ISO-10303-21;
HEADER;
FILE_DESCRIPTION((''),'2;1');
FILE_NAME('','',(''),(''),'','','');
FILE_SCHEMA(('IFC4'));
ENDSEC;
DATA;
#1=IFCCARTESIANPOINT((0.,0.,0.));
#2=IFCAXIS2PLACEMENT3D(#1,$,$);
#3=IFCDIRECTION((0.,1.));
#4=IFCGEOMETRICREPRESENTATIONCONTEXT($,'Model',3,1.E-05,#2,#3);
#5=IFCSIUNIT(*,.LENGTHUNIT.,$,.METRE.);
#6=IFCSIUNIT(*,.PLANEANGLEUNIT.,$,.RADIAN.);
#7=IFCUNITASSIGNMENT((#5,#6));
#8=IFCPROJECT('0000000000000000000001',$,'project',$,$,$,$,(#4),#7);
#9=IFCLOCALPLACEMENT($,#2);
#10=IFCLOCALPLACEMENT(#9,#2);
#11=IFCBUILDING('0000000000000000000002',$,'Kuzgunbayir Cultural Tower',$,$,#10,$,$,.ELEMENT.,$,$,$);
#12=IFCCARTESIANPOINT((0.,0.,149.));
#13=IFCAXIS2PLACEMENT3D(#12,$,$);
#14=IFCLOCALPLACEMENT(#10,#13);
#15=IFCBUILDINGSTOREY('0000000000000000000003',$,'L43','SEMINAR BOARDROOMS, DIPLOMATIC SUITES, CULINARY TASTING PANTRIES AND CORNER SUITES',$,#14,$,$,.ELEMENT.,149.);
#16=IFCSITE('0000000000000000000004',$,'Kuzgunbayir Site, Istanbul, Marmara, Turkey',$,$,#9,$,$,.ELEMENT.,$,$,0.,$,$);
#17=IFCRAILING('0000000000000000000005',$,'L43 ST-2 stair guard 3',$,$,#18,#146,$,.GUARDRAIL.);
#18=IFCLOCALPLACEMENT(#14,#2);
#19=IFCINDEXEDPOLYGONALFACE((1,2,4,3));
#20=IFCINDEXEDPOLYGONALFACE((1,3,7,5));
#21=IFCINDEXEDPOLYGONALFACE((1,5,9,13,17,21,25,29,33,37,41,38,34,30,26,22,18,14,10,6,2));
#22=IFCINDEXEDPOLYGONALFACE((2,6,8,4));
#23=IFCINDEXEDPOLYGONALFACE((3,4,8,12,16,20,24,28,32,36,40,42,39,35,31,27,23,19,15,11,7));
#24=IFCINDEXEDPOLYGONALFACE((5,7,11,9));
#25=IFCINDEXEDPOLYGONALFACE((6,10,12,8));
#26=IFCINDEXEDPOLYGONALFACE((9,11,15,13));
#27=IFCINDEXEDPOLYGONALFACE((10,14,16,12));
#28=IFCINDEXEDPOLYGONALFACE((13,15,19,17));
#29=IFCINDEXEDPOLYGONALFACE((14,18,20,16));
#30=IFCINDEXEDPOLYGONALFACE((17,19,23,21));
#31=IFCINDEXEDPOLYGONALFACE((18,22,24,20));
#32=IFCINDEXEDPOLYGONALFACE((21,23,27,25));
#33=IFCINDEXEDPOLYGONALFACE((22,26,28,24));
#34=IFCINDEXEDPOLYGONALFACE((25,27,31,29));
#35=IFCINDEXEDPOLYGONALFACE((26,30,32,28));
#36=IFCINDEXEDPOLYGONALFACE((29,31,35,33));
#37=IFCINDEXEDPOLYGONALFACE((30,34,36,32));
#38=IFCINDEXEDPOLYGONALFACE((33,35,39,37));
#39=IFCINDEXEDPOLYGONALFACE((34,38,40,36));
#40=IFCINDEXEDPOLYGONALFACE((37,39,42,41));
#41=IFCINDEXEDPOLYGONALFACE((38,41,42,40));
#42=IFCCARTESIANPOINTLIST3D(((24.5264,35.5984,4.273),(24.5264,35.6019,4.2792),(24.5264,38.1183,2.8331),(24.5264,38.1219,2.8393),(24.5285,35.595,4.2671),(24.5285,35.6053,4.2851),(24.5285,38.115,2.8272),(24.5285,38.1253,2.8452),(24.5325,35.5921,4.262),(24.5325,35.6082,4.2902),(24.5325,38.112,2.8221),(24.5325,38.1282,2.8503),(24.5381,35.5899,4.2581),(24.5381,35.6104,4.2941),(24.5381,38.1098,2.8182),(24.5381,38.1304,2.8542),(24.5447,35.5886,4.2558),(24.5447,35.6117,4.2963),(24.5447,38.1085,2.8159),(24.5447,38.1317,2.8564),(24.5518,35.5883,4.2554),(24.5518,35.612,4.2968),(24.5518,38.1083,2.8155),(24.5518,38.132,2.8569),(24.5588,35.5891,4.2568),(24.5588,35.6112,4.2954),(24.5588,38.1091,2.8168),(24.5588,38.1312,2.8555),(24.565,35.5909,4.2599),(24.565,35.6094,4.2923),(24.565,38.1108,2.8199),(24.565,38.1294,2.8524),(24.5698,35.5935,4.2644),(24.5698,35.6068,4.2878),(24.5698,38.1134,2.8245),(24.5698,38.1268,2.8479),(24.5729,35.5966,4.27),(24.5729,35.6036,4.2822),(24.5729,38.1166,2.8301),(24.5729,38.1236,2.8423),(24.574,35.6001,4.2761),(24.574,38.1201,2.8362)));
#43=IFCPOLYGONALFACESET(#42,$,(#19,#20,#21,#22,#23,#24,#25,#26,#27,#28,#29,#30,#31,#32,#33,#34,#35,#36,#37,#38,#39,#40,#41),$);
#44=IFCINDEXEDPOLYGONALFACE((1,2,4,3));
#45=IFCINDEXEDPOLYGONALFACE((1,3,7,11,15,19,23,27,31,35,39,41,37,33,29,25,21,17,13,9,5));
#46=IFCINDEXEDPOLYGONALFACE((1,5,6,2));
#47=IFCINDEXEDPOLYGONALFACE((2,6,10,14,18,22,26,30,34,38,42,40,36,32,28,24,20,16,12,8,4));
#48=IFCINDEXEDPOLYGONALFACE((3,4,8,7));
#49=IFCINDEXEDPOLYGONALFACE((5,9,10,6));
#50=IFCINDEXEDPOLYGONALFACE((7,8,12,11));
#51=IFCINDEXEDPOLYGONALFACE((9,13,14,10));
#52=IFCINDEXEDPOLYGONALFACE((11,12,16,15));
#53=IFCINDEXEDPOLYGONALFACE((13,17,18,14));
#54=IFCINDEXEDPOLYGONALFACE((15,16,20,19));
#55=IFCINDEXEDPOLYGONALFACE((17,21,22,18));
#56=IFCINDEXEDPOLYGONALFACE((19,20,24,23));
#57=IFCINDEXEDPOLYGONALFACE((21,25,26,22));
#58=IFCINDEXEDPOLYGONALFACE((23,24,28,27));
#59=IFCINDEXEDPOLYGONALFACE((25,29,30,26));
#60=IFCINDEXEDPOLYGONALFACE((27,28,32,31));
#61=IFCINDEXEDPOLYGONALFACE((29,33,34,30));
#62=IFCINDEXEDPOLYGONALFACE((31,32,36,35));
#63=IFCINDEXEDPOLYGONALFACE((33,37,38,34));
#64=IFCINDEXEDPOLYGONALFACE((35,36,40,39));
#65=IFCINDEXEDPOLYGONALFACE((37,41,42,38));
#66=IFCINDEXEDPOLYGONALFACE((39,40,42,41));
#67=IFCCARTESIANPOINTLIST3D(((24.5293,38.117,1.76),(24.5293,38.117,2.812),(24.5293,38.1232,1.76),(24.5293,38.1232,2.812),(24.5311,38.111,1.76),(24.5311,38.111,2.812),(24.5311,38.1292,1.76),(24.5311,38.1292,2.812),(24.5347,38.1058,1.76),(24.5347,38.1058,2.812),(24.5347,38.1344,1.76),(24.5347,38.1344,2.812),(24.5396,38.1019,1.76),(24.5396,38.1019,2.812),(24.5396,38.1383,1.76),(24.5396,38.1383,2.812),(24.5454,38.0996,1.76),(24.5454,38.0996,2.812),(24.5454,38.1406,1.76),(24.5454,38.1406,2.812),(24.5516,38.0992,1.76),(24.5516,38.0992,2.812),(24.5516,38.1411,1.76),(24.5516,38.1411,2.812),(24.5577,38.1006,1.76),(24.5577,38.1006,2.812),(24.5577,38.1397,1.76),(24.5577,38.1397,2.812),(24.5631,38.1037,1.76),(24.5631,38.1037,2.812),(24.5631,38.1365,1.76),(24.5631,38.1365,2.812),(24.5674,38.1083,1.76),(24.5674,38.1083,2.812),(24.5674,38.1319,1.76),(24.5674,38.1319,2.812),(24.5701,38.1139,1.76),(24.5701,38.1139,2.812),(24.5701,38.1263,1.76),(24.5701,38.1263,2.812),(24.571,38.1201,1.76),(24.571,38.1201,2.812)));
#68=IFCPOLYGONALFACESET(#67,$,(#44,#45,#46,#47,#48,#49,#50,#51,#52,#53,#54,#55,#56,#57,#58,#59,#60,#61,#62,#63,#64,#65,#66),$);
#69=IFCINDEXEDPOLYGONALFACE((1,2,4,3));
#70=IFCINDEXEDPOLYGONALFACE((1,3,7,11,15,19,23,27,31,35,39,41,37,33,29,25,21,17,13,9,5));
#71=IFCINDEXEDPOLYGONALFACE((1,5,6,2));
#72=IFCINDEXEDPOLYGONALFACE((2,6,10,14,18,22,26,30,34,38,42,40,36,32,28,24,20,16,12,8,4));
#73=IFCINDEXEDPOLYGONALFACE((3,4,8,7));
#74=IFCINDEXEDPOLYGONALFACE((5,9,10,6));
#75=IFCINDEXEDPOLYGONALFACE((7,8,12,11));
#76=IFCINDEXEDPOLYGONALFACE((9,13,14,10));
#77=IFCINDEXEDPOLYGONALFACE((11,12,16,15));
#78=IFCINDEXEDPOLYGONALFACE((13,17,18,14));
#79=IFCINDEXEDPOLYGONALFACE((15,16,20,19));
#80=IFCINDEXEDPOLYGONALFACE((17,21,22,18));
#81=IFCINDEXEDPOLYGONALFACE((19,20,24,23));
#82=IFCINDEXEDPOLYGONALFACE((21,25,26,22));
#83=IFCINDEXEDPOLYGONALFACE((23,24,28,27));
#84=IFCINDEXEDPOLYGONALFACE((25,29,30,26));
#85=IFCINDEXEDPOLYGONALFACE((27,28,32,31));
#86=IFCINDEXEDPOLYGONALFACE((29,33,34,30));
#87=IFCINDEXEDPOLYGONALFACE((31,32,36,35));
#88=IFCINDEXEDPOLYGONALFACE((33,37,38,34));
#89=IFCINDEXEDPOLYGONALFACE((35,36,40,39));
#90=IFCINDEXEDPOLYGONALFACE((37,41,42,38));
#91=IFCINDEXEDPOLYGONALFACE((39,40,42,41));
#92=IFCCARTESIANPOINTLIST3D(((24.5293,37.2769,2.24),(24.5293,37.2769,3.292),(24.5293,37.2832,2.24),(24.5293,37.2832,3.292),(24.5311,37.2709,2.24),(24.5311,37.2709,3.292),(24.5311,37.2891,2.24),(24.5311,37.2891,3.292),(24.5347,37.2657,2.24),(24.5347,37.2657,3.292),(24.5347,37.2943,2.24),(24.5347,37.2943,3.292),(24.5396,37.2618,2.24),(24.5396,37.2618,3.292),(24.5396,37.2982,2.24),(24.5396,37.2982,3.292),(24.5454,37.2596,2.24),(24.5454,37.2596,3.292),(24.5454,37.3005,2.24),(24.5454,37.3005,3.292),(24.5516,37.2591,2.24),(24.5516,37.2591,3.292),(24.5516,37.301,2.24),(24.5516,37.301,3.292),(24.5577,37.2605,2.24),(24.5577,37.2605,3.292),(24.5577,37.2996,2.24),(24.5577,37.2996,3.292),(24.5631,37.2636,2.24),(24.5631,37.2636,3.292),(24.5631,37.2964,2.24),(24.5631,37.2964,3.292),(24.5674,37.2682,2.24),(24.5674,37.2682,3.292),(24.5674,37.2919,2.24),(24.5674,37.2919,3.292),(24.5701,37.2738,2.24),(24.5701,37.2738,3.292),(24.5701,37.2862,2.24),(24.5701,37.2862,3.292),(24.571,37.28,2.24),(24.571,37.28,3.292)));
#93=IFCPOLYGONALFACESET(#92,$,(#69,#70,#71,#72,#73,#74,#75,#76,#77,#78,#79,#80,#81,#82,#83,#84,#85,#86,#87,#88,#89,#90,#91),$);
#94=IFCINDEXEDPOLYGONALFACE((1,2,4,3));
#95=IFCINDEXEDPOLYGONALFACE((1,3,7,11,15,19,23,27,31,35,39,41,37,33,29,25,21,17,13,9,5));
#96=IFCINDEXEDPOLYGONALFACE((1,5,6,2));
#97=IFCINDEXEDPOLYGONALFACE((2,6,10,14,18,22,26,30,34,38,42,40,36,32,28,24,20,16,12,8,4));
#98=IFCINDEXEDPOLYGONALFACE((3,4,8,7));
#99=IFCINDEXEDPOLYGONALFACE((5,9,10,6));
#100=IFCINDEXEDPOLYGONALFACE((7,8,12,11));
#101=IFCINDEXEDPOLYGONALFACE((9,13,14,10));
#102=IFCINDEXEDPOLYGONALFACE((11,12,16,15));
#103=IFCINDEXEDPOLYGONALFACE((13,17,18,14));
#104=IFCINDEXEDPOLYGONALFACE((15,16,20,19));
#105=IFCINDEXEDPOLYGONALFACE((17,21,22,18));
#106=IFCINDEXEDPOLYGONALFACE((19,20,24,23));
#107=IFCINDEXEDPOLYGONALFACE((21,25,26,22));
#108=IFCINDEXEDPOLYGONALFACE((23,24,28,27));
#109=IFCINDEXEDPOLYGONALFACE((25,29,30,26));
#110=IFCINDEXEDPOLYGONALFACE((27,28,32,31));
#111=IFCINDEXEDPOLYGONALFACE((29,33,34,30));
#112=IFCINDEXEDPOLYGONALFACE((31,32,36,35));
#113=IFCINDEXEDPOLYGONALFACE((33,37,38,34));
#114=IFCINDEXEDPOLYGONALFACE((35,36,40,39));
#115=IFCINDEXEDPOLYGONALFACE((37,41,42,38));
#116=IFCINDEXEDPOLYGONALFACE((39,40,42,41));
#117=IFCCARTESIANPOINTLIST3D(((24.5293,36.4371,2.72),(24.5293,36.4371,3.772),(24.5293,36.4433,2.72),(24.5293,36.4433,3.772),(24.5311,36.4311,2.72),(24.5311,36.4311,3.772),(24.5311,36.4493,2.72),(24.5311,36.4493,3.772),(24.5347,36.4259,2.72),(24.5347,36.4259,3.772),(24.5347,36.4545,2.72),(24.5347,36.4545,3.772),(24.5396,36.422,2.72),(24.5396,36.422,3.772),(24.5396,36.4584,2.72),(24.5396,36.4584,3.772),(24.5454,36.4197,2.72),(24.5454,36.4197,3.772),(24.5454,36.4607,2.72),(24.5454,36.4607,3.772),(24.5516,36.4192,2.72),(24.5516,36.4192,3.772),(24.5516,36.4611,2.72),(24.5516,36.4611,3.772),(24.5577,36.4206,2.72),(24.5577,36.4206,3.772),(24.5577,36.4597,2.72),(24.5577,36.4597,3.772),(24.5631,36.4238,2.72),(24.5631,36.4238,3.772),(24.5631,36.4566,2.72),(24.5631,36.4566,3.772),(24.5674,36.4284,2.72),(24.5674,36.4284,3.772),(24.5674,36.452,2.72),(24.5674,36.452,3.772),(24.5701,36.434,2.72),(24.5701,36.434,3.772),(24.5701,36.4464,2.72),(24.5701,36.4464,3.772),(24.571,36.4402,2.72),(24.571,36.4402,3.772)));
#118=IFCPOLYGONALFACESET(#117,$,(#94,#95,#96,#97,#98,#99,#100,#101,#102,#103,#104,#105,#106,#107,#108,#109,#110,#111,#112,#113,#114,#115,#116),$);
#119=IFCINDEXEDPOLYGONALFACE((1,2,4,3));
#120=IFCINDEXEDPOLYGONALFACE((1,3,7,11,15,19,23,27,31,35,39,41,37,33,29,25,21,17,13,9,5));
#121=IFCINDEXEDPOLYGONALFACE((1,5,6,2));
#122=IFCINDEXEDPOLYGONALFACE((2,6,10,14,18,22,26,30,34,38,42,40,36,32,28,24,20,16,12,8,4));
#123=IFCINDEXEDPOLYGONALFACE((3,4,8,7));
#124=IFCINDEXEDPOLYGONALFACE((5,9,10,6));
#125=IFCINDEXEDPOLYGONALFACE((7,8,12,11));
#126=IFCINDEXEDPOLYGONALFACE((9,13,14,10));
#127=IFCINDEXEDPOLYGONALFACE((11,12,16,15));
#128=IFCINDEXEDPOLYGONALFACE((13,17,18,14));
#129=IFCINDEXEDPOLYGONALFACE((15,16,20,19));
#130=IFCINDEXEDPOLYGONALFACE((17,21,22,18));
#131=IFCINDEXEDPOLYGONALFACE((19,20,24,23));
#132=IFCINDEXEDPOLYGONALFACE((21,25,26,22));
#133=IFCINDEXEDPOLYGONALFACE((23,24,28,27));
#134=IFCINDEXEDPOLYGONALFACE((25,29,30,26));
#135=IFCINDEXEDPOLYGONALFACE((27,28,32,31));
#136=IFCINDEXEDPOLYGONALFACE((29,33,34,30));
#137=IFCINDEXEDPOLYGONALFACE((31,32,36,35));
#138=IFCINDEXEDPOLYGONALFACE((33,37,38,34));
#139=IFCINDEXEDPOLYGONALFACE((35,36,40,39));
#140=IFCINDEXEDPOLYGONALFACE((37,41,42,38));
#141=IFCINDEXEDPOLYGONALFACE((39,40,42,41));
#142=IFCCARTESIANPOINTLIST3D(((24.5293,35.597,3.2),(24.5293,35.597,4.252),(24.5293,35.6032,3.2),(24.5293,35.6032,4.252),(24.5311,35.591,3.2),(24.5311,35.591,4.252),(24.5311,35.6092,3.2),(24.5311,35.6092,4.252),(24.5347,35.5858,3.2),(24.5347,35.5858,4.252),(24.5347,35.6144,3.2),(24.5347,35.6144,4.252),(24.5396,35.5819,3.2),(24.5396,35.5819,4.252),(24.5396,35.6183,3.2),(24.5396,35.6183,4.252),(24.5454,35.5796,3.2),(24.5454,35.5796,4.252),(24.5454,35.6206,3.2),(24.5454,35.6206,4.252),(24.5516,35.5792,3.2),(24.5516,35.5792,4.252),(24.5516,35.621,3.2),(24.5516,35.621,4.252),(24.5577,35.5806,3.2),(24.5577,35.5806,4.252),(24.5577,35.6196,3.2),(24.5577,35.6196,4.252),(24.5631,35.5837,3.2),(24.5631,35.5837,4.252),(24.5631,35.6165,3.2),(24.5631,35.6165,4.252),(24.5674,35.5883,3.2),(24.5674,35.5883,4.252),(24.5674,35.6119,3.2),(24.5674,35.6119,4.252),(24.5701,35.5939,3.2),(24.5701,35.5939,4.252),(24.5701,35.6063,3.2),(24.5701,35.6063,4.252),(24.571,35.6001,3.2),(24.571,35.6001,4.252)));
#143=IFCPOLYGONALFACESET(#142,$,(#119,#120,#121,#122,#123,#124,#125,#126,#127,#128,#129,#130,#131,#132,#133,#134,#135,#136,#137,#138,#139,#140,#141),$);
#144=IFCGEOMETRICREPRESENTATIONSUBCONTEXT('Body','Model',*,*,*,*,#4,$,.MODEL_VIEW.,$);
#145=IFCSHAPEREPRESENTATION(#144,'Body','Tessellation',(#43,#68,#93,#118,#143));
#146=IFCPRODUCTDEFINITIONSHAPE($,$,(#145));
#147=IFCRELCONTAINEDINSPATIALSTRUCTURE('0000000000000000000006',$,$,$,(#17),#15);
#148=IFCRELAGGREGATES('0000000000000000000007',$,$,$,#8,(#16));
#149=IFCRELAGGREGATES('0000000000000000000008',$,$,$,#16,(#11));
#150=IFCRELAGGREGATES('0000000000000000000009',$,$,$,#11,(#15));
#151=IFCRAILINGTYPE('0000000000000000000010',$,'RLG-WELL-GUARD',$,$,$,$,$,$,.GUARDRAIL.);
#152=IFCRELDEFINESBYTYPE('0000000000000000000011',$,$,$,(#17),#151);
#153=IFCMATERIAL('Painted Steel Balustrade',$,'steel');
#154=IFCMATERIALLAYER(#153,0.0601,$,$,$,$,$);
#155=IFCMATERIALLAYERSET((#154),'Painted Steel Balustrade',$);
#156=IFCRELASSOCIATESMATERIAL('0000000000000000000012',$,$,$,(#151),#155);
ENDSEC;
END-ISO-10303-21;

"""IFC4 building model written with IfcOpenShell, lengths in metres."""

from ifc_helpers import new_model, si_unit, direction, frame, origin, origin_2d, place, context, subcontext, project, spatial, circle, extrude, material, layer, layer_set, type_object, element, save


model = new_model("IFC4")

# Units and contexts
model_context = context("Model", 3, precision=1e-05, world=origin(), true_north=direction((0.0, 1.0)))
body_context = subcontext(model_context, "Body", "Model", "MODEL_VIEW")
ifc_project = project(units=[si_unit("LENGTHUNIT", "METRE"), si_unit("PLANEANGLEUNIT", "RADIAN")], contexts=[model_context])

# Site, building, storey
site_placement = place(None, origin())
site = spatial("IfcSite", under=ifc_project, at=site_placement, Name="Kuzgunbayir Site, Istanbul, Marmara, Turkey", CompositionType="ELEMENT", RefElevation=0.0)
building_placement = place(site_placement, origin())
building = spatial("IfcBuilding", under=site, at=building_placement, Name="Kuzgunbayir Cultural Tower", CompositionType="ELEMENT")
storey_placement = place(building_placement, frame((0.0, 0.0, 149.0)))
storey = spatial("IfcBuildingStorey", under=building, at=storey_placement, Name="L43", Description="SEMINAR BOARDROOMS, DIPLOMATIC SUITES, CULINARY TASTING PANTRIES AND CORNER SUITES", CompositionType="ELEMENT", Elevation=149.0)

# Railing
ifc_material_1 = material(Name="Painted Steel Balustrade", Category="steel")
ifc_layer_1 = layer(ifc_material_1, 0.0601)
ifc_layer_set_1 = layer_set([ifc_layer_1], Name="Painted Steel Balustrade")
railing_type_1 = type_object("IfcRailingType", Name="RLG-WELL-GUARD", PredefinedType="GUARDRAIL", material=ifc_layer_set_1)
railing_1_placement = place(storey_placement, frame((24.55, 38.1201, 1.76)))
element("IfcRailing", 1, at=railing_1_placement, inside=storey, type_object=railing_type_1, Name="L43 ST-2 stair guard 3", PredefinedType="GUARDRAIL", context=body_context, shape_type="SweptSolid", body=[
    extrude(circle(Radius=0.0239, at=origin_2d()), frame((0.0, 0.0, 1.0762), z_axis=(0.0, -0.868253, 0.496121), x_axis=(1.0, 0.0, 0.0)), (0.0, 0.0, 1.0), 2.9023),
    extrude(circle(Radius=0.021, at=origin_2d()), origin(), (0.0, 0.0, 1.0), 1.052),
    extrude(circle(Radius=0.021, at=origin_2d()), frame((0.0, -0.8401, 0.48)), (0.0, 0.0, 1.0), 1.052),
    extrude(circle(Radius=0.021, at=origin_2d()), frame((0.0, -1.6799, 0.96)), (0.0, 0.0, 1.0), 1.052),
    extrude(circle(Radius=0.021, at=origin_2d()), frame((0.0, -2.52, 1.4399)), (0.0, 0.0, 1.0), 1.052),
])

save(model, "model.ifc")
